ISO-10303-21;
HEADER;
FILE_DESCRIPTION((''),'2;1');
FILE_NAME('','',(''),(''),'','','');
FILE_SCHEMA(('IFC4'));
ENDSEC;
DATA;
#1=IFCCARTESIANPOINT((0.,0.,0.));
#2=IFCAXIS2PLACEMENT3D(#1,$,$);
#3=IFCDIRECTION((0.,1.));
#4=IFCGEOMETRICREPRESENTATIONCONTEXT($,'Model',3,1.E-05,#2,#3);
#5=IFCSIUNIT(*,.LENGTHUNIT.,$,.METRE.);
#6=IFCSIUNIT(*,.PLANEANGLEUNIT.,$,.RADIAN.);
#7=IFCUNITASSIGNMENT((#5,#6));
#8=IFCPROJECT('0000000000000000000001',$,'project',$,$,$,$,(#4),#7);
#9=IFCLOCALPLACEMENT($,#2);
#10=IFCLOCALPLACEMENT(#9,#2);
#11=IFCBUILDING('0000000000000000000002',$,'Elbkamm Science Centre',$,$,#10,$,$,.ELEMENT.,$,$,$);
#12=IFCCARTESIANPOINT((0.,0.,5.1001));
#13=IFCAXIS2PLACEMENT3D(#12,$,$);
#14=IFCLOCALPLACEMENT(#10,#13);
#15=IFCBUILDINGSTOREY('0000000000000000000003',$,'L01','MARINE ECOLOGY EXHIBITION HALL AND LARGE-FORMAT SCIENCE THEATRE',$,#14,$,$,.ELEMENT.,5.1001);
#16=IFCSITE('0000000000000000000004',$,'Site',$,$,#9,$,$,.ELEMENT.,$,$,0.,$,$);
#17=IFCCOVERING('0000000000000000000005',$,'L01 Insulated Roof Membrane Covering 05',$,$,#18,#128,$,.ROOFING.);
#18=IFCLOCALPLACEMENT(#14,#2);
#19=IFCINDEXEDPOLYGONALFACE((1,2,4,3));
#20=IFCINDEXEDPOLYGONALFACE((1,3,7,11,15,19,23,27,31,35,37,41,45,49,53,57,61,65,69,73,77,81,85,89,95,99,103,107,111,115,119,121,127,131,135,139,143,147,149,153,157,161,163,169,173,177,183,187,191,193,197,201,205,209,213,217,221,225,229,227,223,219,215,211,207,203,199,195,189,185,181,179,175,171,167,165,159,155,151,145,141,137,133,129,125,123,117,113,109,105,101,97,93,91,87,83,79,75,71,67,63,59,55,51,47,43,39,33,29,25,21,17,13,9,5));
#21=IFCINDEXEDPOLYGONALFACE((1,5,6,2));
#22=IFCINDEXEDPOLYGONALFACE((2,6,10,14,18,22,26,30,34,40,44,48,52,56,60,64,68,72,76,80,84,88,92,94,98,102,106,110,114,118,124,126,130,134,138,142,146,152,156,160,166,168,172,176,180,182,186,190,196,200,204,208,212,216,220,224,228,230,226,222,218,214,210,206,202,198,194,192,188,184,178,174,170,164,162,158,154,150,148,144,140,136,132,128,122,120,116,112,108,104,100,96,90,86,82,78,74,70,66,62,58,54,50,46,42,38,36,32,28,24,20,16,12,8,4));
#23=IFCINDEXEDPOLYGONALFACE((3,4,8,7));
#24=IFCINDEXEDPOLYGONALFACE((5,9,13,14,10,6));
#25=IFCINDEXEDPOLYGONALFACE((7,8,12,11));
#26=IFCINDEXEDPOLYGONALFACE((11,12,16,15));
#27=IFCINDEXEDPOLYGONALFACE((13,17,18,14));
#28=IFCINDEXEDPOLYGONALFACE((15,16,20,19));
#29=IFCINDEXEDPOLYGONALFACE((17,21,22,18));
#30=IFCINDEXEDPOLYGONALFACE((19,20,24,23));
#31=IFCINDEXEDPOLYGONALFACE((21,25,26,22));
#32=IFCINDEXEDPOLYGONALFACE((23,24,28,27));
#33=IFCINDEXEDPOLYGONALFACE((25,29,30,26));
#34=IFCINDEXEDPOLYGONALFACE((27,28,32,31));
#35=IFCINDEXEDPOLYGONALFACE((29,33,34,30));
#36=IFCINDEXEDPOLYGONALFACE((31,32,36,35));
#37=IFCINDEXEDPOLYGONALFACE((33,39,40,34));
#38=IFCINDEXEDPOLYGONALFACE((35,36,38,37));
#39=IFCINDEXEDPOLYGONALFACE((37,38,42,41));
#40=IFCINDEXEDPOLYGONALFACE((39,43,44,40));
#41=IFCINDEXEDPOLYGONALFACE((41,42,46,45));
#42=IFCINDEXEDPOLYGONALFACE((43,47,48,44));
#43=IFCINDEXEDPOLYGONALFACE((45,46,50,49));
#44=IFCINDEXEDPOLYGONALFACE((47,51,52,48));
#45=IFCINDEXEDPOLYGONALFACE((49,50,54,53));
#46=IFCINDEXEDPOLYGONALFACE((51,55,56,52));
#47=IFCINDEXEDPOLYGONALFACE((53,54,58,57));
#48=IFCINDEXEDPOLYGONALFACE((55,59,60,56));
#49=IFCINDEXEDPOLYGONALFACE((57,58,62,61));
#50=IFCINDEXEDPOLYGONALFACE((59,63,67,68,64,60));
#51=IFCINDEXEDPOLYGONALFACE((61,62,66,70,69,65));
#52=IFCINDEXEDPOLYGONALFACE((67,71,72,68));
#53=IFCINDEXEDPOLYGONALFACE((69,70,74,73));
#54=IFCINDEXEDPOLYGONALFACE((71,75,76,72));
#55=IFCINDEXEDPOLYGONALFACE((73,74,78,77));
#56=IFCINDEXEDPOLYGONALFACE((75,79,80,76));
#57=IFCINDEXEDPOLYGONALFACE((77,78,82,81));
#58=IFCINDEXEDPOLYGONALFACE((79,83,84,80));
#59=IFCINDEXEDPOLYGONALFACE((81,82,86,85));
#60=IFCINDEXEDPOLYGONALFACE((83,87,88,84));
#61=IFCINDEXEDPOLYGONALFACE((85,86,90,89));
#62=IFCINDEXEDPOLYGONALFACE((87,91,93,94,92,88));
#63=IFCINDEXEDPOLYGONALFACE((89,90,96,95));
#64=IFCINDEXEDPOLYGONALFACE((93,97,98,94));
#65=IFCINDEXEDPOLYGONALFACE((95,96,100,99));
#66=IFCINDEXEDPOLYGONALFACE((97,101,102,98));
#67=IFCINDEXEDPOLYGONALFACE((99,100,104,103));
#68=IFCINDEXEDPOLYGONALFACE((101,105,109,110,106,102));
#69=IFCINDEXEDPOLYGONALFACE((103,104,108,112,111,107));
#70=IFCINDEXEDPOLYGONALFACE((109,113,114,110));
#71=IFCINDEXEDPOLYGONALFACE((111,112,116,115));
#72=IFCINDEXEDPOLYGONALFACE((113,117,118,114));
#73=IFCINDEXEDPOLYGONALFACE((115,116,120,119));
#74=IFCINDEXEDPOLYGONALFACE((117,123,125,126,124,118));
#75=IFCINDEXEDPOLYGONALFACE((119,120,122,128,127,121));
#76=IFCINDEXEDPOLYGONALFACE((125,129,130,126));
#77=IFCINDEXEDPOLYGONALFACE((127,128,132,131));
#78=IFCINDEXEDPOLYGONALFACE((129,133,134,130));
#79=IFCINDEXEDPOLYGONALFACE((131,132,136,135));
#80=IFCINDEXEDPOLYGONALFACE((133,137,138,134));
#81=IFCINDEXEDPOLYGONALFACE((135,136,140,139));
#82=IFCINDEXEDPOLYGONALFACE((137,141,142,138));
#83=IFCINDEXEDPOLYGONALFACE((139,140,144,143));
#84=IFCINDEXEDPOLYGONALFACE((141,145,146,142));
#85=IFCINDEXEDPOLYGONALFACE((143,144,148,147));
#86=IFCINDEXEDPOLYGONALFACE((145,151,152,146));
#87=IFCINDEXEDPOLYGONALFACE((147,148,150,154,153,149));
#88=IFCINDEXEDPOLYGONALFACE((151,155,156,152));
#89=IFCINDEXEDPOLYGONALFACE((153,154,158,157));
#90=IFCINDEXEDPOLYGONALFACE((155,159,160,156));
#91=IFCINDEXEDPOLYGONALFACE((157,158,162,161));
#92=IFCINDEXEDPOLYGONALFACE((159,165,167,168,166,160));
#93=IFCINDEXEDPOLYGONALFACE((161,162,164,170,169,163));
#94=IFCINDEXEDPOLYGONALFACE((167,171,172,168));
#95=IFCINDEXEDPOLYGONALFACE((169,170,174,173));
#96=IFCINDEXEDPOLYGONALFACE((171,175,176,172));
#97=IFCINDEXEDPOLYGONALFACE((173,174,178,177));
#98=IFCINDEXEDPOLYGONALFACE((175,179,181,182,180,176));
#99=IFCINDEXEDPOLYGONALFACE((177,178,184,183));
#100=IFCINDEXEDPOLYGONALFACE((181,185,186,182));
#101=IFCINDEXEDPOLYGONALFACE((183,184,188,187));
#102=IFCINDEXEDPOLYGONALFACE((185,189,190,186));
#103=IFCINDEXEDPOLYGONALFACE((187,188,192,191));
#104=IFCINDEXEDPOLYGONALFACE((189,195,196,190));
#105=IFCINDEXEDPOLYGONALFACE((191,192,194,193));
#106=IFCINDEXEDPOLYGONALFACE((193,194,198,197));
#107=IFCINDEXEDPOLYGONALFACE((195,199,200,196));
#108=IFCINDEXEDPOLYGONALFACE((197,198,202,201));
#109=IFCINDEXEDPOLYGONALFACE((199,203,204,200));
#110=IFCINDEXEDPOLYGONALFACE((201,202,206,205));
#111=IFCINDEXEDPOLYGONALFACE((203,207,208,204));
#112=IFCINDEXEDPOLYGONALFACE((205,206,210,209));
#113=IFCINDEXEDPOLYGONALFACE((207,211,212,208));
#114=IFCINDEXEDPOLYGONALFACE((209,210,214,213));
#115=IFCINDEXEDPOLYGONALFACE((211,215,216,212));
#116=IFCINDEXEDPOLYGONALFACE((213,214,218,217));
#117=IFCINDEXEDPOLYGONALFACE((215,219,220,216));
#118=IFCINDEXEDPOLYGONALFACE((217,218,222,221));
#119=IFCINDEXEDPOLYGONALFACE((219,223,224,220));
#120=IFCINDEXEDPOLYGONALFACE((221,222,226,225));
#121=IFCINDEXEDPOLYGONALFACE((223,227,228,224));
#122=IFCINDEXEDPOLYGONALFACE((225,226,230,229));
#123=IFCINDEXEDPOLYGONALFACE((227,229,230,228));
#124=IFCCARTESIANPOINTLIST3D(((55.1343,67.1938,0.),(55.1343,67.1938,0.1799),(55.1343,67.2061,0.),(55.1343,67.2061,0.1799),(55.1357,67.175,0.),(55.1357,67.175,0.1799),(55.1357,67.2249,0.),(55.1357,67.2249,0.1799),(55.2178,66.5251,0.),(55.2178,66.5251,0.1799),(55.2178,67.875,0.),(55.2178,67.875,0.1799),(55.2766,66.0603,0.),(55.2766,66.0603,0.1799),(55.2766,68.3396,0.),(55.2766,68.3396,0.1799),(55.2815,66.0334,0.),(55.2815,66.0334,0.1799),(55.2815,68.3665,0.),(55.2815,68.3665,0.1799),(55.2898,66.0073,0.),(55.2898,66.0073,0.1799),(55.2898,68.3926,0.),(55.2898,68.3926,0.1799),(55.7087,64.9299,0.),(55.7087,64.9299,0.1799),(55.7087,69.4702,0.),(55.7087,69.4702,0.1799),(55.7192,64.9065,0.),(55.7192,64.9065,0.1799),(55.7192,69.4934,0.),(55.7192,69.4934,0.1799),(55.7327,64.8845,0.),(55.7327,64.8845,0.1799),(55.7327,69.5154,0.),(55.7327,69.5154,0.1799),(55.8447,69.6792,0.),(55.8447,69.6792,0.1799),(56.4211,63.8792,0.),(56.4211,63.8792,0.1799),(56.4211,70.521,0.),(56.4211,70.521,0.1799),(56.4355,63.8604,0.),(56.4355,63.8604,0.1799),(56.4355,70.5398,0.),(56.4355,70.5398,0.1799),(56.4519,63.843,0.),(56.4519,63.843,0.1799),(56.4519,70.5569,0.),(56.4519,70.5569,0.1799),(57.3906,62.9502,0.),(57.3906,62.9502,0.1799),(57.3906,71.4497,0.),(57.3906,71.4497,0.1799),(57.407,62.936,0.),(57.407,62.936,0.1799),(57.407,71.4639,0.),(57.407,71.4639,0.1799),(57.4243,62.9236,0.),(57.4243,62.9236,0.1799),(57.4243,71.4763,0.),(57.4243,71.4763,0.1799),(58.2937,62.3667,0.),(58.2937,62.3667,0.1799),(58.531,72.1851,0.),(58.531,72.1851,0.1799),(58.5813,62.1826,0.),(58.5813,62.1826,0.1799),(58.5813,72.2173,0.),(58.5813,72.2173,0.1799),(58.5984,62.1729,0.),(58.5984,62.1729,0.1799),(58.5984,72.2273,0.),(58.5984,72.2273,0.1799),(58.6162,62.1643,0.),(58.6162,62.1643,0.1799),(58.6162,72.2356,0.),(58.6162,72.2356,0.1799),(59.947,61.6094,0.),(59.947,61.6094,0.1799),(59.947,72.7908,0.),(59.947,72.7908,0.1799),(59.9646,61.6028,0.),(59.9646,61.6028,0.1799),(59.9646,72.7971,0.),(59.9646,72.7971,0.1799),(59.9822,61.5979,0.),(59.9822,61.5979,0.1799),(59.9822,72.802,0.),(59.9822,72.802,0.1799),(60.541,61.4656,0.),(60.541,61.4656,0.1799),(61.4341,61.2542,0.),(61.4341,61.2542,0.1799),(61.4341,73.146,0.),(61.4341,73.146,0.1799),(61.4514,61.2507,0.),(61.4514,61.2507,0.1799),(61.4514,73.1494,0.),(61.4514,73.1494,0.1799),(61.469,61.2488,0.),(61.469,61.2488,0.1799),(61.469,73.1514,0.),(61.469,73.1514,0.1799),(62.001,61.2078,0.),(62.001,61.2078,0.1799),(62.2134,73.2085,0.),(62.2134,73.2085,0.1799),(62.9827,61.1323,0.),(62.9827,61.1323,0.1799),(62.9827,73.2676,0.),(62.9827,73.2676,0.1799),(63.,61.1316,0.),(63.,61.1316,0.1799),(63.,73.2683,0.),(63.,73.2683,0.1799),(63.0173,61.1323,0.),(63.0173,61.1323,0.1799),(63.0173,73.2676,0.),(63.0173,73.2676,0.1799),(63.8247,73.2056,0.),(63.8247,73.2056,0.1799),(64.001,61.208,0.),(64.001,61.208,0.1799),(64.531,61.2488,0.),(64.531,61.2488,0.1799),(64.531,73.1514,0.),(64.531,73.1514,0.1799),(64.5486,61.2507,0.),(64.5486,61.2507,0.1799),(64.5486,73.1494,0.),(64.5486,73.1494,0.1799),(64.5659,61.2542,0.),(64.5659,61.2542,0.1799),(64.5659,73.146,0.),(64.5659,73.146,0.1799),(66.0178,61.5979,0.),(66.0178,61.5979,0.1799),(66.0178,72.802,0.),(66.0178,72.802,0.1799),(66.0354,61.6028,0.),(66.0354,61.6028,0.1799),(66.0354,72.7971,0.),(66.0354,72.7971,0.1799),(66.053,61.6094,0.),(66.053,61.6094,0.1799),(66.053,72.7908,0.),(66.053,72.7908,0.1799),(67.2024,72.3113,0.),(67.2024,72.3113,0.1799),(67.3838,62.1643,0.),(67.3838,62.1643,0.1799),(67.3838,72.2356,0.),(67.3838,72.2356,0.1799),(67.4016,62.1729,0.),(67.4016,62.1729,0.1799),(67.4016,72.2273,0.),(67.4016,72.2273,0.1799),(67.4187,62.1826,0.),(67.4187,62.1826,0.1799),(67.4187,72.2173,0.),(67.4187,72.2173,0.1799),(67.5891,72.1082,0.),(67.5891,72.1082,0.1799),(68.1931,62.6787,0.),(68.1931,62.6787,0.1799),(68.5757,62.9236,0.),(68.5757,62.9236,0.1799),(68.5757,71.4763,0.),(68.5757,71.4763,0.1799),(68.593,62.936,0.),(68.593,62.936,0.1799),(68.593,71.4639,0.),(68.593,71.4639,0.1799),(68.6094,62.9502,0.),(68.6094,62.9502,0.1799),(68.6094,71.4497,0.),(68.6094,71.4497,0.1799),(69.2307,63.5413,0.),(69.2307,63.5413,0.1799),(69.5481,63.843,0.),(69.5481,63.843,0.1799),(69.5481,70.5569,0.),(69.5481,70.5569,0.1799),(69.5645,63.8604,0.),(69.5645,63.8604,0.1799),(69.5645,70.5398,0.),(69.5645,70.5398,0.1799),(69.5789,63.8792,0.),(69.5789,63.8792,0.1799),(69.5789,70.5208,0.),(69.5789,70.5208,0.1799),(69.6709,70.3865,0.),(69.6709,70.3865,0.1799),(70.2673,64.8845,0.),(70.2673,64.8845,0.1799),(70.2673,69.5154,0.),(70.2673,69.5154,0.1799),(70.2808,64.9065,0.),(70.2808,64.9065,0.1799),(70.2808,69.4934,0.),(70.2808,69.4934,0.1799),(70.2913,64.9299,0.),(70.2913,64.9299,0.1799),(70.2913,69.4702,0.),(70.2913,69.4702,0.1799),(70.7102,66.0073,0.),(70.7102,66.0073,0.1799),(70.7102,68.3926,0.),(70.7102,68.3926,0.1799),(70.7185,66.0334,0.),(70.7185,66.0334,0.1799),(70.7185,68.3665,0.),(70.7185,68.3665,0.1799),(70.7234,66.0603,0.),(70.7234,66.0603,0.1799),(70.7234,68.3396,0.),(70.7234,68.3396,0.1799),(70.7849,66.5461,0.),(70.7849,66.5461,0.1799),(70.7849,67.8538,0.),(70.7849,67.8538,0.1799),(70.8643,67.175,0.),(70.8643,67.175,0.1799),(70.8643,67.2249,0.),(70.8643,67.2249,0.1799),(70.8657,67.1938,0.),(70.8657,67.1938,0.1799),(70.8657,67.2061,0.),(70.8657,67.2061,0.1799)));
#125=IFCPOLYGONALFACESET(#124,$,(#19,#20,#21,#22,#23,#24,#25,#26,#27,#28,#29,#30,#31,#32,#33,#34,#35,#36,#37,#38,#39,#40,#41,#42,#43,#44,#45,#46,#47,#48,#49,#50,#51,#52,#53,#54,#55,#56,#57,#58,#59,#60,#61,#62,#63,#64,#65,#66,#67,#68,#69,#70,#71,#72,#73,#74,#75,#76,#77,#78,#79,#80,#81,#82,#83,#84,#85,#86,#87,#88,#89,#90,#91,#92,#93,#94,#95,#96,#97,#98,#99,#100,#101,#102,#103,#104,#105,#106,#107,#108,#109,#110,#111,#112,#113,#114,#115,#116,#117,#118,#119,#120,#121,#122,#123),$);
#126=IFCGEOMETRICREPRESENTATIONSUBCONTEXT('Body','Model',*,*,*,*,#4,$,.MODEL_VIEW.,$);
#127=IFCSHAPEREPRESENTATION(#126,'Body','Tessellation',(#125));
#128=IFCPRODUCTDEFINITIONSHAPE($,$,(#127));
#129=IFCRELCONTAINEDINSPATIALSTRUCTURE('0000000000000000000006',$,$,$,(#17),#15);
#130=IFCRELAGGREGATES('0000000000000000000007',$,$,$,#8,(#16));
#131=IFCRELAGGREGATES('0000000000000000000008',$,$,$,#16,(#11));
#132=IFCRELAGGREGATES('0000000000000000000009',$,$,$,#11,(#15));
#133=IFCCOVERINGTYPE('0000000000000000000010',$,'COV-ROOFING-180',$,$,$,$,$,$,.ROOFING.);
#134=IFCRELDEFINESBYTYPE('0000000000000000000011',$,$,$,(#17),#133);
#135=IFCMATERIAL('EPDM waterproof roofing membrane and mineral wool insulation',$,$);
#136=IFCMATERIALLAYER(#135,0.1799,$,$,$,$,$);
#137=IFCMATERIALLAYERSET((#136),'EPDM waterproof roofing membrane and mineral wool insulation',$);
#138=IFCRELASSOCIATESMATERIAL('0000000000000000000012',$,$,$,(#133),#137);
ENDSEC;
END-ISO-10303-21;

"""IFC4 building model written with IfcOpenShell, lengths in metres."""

from ifc_helpers import new_model, si_unit, direction, frame, origin, place, context, subcontext, project, spatial, polyline, outline, extrude, material, layer, layer_set, type_object, element, save


model = new_model("IFC4")

# Units and contexts
model_context = context("Model", 3, precision=1e-05, world=origin(), true_north=direction((0.0, 1.0)))
body_context = subcontext(model_context, "Body", "Model", "MODEL_VIEW")
ifc_project = project(units=[si_unit("LENGTHUNIT", "METRE"), si_unit("PLANEANGLEUNIT", "RADIAN")], contexts=[model_context])

# Site, building, storey
site_placement = place(None, origin())
site = spatial("IfcSite", under=ifc_project, at=site_placement, Name="Site", CompositionType="ELEMENT", RefElevation=0.0)
building_placement = place(site_placement, origin())
building = spatial("IfcBuilding", under=site, at=building_placement, Name="Elbkamm Science Centre", CompositionType="ELEMENT")
storey_placement = place(building_placement, frame((0.0, 0.0, 5.1001)))
storey = spatial("IfcBuildingStorey", under=building, at=storey_placement, Name="L01", Description="MARINE ECOLOGY EXHIBITION HALL AND LARGE-FORMAT SCIENCE THEATRE", CompositionType="ELEMENT", Elevation=5.1001)

# Covering
ifc_material_1 = material(Name="EPDM waterproof roofing membrane and mineral wool insulation")
ifc_layer_1 = layer(ifc_material_1, 0.1799)
ifc_layer_set_1 = layer_set([ifc_layer_1], Name="EPDM waterproof roofing membrane and mineral wool insulation")
covering_type_1 = type_object("IfcCoveringType", Name="COV-ROOFING-180", PredefinedType="ROOFING", material=ifc_layer_set_1)
covering_1_placement = place(storey_placement, origin())
element("IfcCovering", 1, at=covering_1_placement, inside=storey, type_object=covering_type_1, Name="L01 Insulated Roof Membrane Covering 05", PredefinedType="ROOFING", context=body_context, shape_type="SweptSolid", body=[
    extrude(outline(polyline([(55.7087, 64.9299), (55.2898, 66.0073), (55.2815, 66.0334), (55.2766, 66.0603), (55.2178, 66.5251), (55.1357, 67.175), (55.1343, 67.1938), (55.1343, 67.2061), (55.1357, 67.2249), (55.2178, 67.875), (55.2766, 68.3396), (55.2815, 68.3665), (55.2898, 68.3926), (55.7087, 69.4702), (55.7192, 69.4934), (55.7327, 69.5154), (55.8447, 69.6792), (56.4211, 70.521), (56.4355, 70.5398), (56.4519, 70.5569), (57.3906, 71.4497), (57.407, 71.4639), (57.4243, 71.4763), (58.531, 72.1851), (58.5813, 72.2173), (58.5984, 72.2273), (58.6162, 72.2356), (59.947, 72.7908), (59.9646, 72.7971), (59.9822, 72.802), (61.4341, 73.146), (61.4514, 73.1494), (61.469, 73.1514), (62.2134, 73.2085), (62.9827, 73.2676), (63.0, 73.2683), (63.0173, 73.2676), (63.8247, 73.2056), (64.531, 73.1514), (64.5486, 73.1494), (64.5659, 73.146), (66.0178, 72.802), (66.0354, 72.7971), (66.053, 72.7908), (67.2024, 72.3113), (67.3838, 72.2356), (67.4016, 72.2273), (67.4187, 72.2173), (67.5891, 72.1082), (68.5757, 71.4763), (68.593, 71.4639), (68.6094, 71.4497), (69.5481, 70.5569), (69.5645, 70.5398), (69.5789, 70.5208), (69.6709, 70.3865), (70.2673, 69.5154), (70.2808, 69.4934), (70.2913, 69.4702), (70.7102, 68.3926), (70.7185, 68.3665), (70.7234, 68.3396), (70.7849, 67.8538), (70.8643, 67.2249), (70.8657, 67.2061), (70.8657, 67.1938), (70.8643, 67.175), (70.7849, 66.5461), (70.7234, 66.0603), (70.7185, 66.0334), (70.7102, 66.0073), (70.2913, 64.9299), (70.2808, 64.9065), (70.2673, 64.8845), (69.5789, 63.8792), (69.5645, 63.8604), (69.5481, 63.843), (69.2307, 63.5413), (68.6094, 62.9502), (68.593, 62.936), (68.5757, 62.9236), (68.1931, 62.6787), (67.4187, 62.1826), (67.4016, 62.1729), (67.3838, 62.1643), (66.053, 61.6094), (66.0354, 61.6028), (66.0178, 61.5979), (64.5659, 61.2542), (64.5486, 61.2507), (64.531, 61.2488), (64.001, 61.208), (63.0173, 61.1323), (63.0, 61.1316), (62.9827, 61.1323), (62.001, 61.2078), (61.469, 61.2488), (61.4514, 61.2507), (61.4341, 61.2542), (60.541, 61.4656), (59.9822, 61.5979), (59.9646, 61.6028), (59.947, 61.6094), (58.6162, 62.1643), (58.5984, 62.1729), (58.5813, 62.1826), (58.2937, 62.3667), (57.4243, 62.9236), (57.407, 62.936), (57.3906, 62.9502), (56.4519, 63.843), (56.4355, 63.8604), (56.4211, 63.8792), (55.7327, 64.8845), (55.7192, 64.9065), (55.7087, 64.9299)])), origin(), (0.0, 0.0, 1.0), 0.1799),
])

save(model, "model.ifc")
